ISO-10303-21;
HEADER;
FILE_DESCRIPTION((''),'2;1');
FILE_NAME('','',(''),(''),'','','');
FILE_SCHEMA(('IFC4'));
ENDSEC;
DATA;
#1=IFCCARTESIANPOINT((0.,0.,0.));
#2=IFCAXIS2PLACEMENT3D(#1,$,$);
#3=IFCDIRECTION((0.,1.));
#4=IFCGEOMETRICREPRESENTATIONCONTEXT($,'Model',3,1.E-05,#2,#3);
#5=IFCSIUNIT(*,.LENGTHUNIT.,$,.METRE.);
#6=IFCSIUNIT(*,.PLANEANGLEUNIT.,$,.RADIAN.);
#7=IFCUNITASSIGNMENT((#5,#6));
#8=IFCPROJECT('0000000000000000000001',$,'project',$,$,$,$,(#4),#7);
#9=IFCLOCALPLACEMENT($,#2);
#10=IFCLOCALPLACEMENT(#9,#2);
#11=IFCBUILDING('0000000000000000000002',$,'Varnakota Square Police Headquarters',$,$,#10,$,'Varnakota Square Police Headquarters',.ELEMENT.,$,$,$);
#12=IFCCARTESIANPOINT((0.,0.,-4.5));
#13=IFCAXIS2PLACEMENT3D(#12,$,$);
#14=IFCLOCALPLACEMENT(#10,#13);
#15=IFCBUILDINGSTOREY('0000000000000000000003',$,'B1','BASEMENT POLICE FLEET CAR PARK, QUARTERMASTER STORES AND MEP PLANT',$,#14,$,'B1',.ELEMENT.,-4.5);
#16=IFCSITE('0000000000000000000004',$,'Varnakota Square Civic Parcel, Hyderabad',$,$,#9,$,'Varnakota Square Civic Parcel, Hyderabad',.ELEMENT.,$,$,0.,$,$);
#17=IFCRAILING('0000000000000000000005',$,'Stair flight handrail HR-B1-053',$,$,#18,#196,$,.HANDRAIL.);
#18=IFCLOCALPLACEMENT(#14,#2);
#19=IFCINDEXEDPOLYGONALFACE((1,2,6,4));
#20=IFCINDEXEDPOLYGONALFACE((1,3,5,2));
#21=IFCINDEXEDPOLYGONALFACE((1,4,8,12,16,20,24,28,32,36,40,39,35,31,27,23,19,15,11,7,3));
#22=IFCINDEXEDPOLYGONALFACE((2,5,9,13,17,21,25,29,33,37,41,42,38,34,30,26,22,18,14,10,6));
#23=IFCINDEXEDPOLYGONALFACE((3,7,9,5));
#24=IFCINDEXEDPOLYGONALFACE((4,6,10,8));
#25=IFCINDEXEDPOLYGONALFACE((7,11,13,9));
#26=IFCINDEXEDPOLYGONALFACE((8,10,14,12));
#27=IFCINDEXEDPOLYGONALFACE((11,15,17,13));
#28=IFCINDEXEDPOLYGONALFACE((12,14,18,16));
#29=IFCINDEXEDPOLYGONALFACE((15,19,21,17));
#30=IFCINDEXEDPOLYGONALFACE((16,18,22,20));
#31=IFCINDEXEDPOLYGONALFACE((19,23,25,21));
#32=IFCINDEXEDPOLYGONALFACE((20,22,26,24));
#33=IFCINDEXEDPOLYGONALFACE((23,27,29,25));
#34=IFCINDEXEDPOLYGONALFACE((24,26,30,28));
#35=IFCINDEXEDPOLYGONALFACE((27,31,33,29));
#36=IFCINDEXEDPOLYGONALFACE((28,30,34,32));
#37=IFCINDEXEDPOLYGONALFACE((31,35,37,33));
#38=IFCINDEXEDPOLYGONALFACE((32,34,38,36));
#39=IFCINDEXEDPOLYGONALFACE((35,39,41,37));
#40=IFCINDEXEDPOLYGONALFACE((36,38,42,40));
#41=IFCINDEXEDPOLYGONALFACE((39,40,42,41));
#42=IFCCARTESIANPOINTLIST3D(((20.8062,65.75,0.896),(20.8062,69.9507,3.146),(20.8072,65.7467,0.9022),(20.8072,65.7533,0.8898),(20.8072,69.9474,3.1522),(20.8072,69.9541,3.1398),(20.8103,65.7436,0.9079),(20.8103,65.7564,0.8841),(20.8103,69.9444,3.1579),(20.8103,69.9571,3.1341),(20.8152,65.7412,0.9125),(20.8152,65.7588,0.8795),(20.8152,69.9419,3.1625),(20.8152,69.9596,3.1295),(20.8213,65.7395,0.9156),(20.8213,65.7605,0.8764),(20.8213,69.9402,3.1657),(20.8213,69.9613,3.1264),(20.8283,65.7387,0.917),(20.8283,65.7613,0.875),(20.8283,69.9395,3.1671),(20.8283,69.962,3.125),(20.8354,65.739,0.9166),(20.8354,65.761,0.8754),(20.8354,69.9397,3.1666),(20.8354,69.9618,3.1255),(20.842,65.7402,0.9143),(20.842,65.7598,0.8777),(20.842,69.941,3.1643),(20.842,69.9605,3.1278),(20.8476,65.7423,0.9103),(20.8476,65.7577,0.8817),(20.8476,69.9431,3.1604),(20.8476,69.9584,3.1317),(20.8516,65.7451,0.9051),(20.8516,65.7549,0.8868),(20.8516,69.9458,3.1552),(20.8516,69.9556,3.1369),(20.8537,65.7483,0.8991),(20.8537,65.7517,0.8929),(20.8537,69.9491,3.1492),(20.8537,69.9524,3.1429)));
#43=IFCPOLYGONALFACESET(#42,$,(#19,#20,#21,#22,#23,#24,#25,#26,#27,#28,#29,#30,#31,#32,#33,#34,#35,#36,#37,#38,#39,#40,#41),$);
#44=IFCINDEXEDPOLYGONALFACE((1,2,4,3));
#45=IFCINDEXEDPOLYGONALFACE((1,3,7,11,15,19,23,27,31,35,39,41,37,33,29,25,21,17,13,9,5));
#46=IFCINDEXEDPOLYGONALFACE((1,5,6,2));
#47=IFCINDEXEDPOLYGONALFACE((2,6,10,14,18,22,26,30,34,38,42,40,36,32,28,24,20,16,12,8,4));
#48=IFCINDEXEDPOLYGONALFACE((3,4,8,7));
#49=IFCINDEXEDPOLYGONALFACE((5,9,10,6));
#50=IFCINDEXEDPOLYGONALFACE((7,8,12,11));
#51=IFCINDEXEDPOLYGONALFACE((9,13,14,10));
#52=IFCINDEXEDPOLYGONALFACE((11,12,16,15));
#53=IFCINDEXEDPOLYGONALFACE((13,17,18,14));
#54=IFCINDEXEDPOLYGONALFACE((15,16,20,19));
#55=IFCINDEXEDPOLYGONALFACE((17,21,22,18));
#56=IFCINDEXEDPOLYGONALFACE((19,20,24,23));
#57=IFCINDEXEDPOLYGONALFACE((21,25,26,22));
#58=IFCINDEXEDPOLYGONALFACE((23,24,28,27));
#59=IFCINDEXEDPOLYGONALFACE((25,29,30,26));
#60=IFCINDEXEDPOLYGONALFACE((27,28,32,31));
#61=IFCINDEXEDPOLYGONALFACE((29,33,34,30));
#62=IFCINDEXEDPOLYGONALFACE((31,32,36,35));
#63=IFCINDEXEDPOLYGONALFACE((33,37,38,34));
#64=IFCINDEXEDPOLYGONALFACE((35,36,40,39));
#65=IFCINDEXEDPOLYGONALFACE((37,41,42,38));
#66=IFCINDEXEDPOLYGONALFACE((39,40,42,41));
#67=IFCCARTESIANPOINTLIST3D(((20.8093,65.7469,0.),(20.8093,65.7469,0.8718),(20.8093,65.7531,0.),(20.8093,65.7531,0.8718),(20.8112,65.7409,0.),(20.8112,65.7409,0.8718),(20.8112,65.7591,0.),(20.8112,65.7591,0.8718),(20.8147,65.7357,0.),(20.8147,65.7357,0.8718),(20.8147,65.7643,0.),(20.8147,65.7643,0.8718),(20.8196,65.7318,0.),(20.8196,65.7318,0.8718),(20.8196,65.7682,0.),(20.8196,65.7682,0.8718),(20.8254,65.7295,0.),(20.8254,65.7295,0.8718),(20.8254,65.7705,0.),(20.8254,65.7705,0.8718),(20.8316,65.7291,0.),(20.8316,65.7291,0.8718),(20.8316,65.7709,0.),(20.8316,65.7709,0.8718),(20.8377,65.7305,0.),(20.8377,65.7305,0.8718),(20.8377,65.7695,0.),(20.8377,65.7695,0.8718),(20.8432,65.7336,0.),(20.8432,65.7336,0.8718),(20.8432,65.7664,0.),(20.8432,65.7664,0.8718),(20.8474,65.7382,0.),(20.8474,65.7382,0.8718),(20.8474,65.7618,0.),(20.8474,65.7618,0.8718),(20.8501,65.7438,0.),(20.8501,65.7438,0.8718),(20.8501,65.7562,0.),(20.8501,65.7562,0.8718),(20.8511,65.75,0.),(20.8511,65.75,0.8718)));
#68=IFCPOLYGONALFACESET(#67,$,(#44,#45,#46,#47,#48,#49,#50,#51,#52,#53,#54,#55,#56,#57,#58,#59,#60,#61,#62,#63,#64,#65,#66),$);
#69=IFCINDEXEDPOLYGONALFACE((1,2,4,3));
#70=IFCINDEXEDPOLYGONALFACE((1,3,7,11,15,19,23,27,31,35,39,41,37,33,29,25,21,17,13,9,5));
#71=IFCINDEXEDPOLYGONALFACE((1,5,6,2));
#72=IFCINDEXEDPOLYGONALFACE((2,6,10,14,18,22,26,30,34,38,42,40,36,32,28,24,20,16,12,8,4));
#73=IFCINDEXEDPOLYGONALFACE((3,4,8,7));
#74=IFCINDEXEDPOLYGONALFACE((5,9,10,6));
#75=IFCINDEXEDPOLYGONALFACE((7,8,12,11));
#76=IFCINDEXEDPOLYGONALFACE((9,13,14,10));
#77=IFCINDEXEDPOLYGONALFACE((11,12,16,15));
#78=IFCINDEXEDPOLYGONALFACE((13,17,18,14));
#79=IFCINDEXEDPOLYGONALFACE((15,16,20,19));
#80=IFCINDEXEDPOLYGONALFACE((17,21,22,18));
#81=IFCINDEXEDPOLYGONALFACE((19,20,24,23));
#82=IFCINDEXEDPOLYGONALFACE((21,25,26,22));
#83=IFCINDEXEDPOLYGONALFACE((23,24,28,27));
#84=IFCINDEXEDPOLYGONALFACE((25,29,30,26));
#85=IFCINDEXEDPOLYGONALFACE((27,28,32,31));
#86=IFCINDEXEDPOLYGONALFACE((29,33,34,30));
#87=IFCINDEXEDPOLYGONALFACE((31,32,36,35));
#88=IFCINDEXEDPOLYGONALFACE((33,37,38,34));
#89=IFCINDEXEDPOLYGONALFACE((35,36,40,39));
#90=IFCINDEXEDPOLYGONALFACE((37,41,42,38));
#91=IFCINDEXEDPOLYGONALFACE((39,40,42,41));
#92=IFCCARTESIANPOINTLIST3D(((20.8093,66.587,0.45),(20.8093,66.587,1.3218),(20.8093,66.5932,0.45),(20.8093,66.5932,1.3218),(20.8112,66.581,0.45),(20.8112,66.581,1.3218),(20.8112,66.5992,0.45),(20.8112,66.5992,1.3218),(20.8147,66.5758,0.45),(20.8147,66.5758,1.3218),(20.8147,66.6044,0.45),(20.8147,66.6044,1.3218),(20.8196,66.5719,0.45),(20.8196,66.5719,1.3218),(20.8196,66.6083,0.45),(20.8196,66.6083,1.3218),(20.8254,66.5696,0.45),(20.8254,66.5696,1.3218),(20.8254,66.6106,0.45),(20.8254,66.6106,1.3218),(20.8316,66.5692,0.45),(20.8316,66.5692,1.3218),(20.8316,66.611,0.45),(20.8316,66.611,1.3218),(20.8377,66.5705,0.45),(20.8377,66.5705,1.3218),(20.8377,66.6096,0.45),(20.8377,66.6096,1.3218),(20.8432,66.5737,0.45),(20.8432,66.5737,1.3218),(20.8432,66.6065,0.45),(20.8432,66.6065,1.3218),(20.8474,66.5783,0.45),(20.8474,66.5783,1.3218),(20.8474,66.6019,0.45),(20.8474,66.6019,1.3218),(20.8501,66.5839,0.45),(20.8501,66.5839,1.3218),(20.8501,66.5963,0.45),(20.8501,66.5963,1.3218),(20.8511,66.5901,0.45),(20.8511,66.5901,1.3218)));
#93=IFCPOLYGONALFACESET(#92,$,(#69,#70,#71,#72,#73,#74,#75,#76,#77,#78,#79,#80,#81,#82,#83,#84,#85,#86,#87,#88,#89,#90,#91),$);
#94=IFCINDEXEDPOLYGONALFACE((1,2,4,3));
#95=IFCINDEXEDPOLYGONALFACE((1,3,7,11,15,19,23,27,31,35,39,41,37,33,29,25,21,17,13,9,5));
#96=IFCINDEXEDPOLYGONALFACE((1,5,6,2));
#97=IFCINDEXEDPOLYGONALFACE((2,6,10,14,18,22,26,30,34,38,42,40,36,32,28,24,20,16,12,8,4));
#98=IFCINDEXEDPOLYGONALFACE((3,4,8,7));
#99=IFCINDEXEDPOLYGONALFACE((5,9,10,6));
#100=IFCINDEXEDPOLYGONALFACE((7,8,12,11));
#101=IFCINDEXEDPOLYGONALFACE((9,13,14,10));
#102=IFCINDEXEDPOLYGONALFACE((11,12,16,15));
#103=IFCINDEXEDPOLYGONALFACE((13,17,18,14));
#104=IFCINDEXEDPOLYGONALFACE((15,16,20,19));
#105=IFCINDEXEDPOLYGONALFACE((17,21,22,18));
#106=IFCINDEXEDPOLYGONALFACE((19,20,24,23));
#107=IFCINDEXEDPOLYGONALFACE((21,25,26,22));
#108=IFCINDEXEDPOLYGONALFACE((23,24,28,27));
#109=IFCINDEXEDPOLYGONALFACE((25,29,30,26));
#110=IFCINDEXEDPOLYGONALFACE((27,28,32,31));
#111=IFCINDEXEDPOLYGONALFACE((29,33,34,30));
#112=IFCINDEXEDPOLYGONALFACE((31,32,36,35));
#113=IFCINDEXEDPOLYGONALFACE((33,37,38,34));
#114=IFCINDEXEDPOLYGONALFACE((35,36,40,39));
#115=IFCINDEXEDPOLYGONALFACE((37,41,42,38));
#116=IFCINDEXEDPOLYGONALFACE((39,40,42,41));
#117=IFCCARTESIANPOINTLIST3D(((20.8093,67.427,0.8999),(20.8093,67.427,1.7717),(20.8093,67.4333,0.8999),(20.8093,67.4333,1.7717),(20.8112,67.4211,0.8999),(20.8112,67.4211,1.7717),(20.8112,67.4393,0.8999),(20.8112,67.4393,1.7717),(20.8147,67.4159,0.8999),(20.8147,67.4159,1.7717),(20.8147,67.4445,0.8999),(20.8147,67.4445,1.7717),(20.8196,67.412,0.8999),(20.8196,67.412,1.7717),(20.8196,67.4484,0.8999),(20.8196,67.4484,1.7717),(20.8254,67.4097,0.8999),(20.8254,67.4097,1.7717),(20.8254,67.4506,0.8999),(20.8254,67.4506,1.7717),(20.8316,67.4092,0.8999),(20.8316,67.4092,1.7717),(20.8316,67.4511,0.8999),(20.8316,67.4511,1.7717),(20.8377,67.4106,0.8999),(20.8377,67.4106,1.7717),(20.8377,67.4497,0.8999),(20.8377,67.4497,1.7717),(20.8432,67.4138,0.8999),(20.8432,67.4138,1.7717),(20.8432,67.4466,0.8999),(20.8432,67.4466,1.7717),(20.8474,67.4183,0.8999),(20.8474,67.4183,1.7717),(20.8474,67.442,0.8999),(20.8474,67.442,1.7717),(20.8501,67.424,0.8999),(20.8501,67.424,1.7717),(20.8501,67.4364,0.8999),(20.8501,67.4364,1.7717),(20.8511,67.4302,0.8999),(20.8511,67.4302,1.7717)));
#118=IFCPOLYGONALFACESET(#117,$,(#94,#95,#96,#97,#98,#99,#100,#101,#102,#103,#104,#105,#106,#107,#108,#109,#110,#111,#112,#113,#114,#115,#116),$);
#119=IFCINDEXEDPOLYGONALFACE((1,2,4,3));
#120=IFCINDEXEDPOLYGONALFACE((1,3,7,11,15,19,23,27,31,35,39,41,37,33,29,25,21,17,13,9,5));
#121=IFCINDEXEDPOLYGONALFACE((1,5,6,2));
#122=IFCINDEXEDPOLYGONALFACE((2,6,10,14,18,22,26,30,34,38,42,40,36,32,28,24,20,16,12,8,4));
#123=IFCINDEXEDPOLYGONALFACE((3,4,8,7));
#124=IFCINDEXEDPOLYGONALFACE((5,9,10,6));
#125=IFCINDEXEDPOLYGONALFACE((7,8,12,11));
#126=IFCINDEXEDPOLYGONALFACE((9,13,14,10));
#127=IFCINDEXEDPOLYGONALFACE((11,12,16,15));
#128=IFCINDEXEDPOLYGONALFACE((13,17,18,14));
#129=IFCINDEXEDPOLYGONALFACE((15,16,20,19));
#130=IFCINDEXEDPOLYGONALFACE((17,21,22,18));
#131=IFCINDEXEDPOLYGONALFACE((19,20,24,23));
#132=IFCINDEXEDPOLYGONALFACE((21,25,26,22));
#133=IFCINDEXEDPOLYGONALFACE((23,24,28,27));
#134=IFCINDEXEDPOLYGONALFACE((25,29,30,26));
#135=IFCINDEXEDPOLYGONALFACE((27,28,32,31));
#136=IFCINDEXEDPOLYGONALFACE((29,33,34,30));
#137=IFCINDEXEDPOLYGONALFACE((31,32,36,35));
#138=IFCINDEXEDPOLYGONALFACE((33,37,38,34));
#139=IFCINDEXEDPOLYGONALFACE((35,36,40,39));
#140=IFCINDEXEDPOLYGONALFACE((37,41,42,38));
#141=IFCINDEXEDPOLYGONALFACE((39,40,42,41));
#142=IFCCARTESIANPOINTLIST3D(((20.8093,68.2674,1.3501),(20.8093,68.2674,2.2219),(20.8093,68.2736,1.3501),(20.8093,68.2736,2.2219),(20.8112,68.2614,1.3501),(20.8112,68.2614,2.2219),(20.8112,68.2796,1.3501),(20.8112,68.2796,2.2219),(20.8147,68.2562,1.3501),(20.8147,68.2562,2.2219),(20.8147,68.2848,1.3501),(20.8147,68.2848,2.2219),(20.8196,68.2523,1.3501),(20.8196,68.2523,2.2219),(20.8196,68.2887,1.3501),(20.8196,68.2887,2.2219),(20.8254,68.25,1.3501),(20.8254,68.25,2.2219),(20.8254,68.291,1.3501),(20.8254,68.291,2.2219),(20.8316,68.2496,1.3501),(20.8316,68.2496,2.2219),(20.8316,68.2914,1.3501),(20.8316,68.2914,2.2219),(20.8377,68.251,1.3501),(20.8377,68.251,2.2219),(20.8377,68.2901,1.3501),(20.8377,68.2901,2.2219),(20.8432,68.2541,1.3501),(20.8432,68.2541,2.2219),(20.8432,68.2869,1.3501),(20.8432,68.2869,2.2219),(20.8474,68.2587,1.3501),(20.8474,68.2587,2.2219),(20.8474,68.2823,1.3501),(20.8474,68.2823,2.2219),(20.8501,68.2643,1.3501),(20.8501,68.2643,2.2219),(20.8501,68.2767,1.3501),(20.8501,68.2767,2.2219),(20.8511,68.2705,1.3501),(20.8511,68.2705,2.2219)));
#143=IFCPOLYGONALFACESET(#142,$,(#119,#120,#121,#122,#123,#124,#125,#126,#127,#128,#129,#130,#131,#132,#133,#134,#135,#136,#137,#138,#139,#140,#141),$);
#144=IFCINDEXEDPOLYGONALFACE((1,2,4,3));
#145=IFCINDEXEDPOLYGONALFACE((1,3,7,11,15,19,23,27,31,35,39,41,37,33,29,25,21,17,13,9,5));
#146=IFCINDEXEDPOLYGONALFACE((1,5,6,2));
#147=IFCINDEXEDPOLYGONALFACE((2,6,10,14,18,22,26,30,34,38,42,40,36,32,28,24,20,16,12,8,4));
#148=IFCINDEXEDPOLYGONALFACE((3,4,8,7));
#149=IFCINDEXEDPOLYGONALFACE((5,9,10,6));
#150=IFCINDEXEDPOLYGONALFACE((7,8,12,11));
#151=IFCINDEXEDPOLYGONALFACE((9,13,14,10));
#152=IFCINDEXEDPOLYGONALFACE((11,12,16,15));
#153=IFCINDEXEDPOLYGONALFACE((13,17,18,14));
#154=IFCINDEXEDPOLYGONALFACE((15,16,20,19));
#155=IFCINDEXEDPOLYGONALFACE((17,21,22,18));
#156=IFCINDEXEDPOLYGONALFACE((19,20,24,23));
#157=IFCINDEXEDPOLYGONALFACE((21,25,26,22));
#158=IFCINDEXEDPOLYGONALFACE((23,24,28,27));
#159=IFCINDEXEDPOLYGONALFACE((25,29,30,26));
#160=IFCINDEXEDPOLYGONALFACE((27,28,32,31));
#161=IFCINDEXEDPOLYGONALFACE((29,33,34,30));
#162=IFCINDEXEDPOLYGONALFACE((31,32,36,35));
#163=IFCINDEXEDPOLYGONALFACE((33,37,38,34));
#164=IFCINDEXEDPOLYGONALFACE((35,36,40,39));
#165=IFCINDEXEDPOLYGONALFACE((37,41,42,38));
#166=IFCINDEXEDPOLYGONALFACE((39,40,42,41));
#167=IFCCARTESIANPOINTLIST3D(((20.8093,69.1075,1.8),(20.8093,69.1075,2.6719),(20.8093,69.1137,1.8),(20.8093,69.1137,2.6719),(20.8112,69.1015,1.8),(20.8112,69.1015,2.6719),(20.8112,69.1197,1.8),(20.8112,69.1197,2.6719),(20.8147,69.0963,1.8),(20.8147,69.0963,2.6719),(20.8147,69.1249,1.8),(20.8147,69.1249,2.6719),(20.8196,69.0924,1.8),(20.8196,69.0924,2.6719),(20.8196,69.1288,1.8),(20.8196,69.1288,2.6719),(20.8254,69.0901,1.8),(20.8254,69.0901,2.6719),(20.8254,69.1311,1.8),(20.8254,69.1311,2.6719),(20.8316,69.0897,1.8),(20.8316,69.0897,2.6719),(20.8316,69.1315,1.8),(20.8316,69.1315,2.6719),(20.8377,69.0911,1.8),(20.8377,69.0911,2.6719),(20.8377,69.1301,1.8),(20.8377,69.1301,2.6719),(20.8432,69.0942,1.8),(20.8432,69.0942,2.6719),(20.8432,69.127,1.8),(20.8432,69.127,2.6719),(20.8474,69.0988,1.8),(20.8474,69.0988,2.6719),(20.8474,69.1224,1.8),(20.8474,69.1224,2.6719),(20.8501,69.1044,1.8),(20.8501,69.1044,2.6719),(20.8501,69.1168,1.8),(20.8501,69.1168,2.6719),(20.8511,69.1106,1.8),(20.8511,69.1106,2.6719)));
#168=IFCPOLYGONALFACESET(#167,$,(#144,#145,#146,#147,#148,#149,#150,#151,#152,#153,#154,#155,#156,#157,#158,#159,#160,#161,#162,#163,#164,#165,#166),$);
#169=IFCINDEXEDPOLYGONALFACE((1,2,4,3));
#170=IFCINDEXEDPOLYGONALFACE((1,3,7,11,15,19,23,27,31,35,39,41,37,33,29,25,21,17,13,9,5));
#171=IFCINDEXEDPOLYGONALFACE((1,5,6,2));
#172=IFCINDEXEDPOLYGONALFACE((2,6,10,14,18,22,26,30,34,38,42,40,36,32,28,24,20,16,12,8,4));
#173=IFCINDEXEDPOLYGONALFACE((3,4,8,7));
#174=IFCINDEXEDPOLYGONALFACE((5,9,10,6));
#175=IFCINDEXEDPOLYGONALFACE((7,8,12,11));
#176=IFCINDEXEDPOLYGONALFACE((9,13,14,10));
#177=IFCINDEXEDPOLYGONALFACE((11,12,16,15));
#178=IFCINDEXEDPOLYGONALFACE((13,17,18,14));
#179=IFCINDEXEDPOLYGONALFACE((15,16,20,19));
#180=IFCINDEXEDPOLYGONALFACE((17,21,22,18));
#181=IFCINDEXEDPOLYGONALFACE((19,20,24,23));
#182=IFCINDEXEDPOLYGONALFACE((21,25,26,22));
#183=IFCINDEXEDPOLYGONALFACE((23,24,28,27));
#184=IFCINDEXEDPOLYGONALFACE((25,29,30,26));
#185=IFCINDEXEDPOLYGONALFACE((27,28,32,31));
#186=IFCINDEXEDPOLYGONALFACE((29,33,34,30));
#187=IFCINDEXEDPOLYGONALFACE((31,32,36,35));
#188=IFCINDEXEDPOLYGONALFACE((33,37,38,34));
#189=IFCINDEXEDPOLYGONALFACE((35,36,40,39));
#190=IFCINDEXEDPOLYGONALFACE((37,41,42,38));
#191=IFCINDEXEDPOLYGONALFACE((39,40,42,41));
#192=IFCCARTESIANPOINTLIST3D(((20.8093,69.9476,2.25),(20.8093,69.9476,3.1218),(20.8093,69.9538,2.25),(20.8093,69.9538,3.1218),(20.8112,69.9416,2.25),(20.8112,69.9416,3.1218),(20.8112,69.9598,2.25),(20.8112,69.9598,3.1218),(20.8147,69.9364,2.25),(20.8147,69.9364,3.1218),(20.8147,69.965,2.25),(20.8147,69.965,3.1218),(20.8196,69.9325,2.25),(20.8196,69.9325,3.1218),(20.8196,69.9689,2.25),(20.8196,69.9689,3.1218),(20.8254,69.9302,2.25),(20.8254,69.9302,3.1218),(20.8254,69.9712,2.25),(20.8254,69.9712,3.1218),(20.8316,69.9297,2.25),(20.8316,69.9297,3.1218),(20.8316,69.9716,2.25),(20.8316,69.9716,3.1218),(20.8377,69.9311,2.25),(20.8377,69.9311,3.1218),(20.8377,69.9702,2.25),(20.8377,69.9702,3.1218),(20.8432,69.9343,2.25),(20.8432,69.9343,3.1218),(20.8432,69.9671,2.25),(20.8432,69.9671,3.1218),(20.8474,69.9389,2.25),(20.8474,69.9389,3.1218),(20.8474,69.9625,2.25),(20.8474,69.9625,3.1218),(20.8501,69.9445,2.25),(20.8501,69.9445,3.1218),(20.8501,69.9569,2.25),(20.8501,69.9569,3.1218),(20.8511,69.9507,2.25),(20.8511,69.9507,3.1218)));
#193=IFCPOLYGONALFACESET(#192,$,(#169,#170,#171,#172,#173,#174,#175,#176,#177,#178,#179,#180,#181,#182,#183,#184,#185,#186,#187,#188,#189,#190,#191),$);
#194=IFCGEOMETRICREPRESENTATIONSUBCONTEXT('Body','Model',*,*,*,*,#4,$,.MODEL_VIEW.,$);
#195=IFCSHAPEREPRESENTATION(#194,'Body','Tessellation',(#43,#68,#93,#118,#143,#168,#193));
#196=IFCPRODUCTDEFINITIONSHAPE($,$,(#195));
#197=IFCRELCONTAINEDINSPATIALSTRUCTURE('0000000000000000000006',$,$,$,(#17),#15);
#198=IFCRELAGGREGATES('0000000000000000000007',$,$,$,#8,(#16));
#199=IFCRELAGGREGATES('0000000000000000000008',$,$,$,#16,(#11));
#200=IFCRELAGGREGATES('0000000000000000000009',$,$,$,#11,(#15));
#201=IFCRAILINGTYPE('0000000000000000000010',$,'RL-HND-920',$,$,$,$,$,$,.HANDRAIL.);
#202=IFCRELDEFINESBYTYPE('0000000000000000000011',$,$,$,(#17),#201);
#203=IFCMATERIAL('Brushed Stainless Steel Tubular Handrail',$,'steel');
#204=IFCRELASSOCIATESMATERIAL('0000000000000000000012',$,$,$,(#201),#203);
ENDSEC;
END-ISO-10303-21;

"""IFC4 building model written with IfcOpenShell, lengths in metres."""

from ifc_helpers import new_model, si_unit, direction, frame, origin, origin_2d, place, context, subcontext, project, spatial, circle, extrude, material, type_object, element, save


model = new_model("IFC4")

# Units and contexts
model_context = context("Model", 3, precision=1e-05, world=origin(), true_north=direction((0.0, 1.0)))
body_context = subcontext(model_context, "Body", "Model", "MODEL_VIEW")
ifc_project = project(units=[si_unit("LENGTHUNIT", "METRE"), si_unit("PLANEANGLEUNIT", "RADIAN")], contexts=[model_context])

# Site, building, storey
site_placement = place(None, origin())
site = spatial("IfcSite", under=ifc_project, at=site_placement, Name="Varnakota Square Civic Parcel, Hyderabad", LongName="Varnakota Square Civic Parcel, Hyderabad", CompositionType="ELEMENT", RefElevation=0.0)
building_placement = place(site_placement, origin())
building = spatial("IfcBuilding", under=site, at=building_placement, Name="Varnakota Square Police Headquarters", LongName="Varnakota Square Police Headquarters", CompositionType="ELEMENT")
storey_placement = place(building_placement, frame((0.0, 0.0, -4.5)))
storey = spatial("IfcBuildingStorey", under=building, at=storey_placement, Name="B1", Description="BASEMENT POLICE FLEET CAR PARK, QUARTERMASTER STORES AND MEP PLANT", LongName="B1", CompositionType="ELEMENT", Elevation=-4.5)

# Railing
ifc_material_1 = material(Name="Brushed Stainless Steel Tubular Handrail", Category="steel")
railing_type_1 = type_object("IfcRailingType", Name="RL-HND-920", PredefinedType="HANDRAIL", material=ifc_material_1)
railing_1_placement = place(storey_placement, frame((20.8301, 65.75, 0.0)))
element("IfcRailing", 1, at=railing_1_placement, inside=storey, type_object=railing_type_1, Name="Stair flight handrail HR-B1-053", PredefinedType="HANDRAIL", context=body_context, shape_type="SweptSolid", body=[
    extrude(circle(Radius=0.0239, at=origin_2d()), frame((0.0, 0.0, 0.896), z_axis=(0.0, 0.881512, 0.472162), x_axis=(-1.0, 0.0, 0.0)), (0.0, 0.0, 1.0), 4.7654),
    extrude(circle(Radius=0.021, at=origin_2d()), origin(), (0.0, 0.0, 1.0), 0.8718),
    extrude(circle(Radius=0.021, at=origin_2d()), frame((0.0, 0.8401, 0.45)), (0.0, 0.0, 1.0), 0.8718),
    extrude(circle(Radius=0.021, at=origin_2d()), frame((0.0, 1.6802, 0.8999)), (0.0, 0.0, 1.0), 0.8718),
    extrude(circle(Radius=0.021, at=origin_2d()), frame((0.0, 2.5205, 1.3501)), (0.0, 0.0, 1.0), 0.8718),
    extrude(circle(Radius=0.021, at=origin_2d()), frame((0.0, 3.3606, 1.8)), (0.0, 0.0, 1.0), 0.8718),
    extrude(circle(Radius=0.021, at=origin_2d()), frame((0.0, 4.2007, 2.25)), (0.0, 0.0, 1.0), 0.8718),
])

save(model, "model.ifc")
